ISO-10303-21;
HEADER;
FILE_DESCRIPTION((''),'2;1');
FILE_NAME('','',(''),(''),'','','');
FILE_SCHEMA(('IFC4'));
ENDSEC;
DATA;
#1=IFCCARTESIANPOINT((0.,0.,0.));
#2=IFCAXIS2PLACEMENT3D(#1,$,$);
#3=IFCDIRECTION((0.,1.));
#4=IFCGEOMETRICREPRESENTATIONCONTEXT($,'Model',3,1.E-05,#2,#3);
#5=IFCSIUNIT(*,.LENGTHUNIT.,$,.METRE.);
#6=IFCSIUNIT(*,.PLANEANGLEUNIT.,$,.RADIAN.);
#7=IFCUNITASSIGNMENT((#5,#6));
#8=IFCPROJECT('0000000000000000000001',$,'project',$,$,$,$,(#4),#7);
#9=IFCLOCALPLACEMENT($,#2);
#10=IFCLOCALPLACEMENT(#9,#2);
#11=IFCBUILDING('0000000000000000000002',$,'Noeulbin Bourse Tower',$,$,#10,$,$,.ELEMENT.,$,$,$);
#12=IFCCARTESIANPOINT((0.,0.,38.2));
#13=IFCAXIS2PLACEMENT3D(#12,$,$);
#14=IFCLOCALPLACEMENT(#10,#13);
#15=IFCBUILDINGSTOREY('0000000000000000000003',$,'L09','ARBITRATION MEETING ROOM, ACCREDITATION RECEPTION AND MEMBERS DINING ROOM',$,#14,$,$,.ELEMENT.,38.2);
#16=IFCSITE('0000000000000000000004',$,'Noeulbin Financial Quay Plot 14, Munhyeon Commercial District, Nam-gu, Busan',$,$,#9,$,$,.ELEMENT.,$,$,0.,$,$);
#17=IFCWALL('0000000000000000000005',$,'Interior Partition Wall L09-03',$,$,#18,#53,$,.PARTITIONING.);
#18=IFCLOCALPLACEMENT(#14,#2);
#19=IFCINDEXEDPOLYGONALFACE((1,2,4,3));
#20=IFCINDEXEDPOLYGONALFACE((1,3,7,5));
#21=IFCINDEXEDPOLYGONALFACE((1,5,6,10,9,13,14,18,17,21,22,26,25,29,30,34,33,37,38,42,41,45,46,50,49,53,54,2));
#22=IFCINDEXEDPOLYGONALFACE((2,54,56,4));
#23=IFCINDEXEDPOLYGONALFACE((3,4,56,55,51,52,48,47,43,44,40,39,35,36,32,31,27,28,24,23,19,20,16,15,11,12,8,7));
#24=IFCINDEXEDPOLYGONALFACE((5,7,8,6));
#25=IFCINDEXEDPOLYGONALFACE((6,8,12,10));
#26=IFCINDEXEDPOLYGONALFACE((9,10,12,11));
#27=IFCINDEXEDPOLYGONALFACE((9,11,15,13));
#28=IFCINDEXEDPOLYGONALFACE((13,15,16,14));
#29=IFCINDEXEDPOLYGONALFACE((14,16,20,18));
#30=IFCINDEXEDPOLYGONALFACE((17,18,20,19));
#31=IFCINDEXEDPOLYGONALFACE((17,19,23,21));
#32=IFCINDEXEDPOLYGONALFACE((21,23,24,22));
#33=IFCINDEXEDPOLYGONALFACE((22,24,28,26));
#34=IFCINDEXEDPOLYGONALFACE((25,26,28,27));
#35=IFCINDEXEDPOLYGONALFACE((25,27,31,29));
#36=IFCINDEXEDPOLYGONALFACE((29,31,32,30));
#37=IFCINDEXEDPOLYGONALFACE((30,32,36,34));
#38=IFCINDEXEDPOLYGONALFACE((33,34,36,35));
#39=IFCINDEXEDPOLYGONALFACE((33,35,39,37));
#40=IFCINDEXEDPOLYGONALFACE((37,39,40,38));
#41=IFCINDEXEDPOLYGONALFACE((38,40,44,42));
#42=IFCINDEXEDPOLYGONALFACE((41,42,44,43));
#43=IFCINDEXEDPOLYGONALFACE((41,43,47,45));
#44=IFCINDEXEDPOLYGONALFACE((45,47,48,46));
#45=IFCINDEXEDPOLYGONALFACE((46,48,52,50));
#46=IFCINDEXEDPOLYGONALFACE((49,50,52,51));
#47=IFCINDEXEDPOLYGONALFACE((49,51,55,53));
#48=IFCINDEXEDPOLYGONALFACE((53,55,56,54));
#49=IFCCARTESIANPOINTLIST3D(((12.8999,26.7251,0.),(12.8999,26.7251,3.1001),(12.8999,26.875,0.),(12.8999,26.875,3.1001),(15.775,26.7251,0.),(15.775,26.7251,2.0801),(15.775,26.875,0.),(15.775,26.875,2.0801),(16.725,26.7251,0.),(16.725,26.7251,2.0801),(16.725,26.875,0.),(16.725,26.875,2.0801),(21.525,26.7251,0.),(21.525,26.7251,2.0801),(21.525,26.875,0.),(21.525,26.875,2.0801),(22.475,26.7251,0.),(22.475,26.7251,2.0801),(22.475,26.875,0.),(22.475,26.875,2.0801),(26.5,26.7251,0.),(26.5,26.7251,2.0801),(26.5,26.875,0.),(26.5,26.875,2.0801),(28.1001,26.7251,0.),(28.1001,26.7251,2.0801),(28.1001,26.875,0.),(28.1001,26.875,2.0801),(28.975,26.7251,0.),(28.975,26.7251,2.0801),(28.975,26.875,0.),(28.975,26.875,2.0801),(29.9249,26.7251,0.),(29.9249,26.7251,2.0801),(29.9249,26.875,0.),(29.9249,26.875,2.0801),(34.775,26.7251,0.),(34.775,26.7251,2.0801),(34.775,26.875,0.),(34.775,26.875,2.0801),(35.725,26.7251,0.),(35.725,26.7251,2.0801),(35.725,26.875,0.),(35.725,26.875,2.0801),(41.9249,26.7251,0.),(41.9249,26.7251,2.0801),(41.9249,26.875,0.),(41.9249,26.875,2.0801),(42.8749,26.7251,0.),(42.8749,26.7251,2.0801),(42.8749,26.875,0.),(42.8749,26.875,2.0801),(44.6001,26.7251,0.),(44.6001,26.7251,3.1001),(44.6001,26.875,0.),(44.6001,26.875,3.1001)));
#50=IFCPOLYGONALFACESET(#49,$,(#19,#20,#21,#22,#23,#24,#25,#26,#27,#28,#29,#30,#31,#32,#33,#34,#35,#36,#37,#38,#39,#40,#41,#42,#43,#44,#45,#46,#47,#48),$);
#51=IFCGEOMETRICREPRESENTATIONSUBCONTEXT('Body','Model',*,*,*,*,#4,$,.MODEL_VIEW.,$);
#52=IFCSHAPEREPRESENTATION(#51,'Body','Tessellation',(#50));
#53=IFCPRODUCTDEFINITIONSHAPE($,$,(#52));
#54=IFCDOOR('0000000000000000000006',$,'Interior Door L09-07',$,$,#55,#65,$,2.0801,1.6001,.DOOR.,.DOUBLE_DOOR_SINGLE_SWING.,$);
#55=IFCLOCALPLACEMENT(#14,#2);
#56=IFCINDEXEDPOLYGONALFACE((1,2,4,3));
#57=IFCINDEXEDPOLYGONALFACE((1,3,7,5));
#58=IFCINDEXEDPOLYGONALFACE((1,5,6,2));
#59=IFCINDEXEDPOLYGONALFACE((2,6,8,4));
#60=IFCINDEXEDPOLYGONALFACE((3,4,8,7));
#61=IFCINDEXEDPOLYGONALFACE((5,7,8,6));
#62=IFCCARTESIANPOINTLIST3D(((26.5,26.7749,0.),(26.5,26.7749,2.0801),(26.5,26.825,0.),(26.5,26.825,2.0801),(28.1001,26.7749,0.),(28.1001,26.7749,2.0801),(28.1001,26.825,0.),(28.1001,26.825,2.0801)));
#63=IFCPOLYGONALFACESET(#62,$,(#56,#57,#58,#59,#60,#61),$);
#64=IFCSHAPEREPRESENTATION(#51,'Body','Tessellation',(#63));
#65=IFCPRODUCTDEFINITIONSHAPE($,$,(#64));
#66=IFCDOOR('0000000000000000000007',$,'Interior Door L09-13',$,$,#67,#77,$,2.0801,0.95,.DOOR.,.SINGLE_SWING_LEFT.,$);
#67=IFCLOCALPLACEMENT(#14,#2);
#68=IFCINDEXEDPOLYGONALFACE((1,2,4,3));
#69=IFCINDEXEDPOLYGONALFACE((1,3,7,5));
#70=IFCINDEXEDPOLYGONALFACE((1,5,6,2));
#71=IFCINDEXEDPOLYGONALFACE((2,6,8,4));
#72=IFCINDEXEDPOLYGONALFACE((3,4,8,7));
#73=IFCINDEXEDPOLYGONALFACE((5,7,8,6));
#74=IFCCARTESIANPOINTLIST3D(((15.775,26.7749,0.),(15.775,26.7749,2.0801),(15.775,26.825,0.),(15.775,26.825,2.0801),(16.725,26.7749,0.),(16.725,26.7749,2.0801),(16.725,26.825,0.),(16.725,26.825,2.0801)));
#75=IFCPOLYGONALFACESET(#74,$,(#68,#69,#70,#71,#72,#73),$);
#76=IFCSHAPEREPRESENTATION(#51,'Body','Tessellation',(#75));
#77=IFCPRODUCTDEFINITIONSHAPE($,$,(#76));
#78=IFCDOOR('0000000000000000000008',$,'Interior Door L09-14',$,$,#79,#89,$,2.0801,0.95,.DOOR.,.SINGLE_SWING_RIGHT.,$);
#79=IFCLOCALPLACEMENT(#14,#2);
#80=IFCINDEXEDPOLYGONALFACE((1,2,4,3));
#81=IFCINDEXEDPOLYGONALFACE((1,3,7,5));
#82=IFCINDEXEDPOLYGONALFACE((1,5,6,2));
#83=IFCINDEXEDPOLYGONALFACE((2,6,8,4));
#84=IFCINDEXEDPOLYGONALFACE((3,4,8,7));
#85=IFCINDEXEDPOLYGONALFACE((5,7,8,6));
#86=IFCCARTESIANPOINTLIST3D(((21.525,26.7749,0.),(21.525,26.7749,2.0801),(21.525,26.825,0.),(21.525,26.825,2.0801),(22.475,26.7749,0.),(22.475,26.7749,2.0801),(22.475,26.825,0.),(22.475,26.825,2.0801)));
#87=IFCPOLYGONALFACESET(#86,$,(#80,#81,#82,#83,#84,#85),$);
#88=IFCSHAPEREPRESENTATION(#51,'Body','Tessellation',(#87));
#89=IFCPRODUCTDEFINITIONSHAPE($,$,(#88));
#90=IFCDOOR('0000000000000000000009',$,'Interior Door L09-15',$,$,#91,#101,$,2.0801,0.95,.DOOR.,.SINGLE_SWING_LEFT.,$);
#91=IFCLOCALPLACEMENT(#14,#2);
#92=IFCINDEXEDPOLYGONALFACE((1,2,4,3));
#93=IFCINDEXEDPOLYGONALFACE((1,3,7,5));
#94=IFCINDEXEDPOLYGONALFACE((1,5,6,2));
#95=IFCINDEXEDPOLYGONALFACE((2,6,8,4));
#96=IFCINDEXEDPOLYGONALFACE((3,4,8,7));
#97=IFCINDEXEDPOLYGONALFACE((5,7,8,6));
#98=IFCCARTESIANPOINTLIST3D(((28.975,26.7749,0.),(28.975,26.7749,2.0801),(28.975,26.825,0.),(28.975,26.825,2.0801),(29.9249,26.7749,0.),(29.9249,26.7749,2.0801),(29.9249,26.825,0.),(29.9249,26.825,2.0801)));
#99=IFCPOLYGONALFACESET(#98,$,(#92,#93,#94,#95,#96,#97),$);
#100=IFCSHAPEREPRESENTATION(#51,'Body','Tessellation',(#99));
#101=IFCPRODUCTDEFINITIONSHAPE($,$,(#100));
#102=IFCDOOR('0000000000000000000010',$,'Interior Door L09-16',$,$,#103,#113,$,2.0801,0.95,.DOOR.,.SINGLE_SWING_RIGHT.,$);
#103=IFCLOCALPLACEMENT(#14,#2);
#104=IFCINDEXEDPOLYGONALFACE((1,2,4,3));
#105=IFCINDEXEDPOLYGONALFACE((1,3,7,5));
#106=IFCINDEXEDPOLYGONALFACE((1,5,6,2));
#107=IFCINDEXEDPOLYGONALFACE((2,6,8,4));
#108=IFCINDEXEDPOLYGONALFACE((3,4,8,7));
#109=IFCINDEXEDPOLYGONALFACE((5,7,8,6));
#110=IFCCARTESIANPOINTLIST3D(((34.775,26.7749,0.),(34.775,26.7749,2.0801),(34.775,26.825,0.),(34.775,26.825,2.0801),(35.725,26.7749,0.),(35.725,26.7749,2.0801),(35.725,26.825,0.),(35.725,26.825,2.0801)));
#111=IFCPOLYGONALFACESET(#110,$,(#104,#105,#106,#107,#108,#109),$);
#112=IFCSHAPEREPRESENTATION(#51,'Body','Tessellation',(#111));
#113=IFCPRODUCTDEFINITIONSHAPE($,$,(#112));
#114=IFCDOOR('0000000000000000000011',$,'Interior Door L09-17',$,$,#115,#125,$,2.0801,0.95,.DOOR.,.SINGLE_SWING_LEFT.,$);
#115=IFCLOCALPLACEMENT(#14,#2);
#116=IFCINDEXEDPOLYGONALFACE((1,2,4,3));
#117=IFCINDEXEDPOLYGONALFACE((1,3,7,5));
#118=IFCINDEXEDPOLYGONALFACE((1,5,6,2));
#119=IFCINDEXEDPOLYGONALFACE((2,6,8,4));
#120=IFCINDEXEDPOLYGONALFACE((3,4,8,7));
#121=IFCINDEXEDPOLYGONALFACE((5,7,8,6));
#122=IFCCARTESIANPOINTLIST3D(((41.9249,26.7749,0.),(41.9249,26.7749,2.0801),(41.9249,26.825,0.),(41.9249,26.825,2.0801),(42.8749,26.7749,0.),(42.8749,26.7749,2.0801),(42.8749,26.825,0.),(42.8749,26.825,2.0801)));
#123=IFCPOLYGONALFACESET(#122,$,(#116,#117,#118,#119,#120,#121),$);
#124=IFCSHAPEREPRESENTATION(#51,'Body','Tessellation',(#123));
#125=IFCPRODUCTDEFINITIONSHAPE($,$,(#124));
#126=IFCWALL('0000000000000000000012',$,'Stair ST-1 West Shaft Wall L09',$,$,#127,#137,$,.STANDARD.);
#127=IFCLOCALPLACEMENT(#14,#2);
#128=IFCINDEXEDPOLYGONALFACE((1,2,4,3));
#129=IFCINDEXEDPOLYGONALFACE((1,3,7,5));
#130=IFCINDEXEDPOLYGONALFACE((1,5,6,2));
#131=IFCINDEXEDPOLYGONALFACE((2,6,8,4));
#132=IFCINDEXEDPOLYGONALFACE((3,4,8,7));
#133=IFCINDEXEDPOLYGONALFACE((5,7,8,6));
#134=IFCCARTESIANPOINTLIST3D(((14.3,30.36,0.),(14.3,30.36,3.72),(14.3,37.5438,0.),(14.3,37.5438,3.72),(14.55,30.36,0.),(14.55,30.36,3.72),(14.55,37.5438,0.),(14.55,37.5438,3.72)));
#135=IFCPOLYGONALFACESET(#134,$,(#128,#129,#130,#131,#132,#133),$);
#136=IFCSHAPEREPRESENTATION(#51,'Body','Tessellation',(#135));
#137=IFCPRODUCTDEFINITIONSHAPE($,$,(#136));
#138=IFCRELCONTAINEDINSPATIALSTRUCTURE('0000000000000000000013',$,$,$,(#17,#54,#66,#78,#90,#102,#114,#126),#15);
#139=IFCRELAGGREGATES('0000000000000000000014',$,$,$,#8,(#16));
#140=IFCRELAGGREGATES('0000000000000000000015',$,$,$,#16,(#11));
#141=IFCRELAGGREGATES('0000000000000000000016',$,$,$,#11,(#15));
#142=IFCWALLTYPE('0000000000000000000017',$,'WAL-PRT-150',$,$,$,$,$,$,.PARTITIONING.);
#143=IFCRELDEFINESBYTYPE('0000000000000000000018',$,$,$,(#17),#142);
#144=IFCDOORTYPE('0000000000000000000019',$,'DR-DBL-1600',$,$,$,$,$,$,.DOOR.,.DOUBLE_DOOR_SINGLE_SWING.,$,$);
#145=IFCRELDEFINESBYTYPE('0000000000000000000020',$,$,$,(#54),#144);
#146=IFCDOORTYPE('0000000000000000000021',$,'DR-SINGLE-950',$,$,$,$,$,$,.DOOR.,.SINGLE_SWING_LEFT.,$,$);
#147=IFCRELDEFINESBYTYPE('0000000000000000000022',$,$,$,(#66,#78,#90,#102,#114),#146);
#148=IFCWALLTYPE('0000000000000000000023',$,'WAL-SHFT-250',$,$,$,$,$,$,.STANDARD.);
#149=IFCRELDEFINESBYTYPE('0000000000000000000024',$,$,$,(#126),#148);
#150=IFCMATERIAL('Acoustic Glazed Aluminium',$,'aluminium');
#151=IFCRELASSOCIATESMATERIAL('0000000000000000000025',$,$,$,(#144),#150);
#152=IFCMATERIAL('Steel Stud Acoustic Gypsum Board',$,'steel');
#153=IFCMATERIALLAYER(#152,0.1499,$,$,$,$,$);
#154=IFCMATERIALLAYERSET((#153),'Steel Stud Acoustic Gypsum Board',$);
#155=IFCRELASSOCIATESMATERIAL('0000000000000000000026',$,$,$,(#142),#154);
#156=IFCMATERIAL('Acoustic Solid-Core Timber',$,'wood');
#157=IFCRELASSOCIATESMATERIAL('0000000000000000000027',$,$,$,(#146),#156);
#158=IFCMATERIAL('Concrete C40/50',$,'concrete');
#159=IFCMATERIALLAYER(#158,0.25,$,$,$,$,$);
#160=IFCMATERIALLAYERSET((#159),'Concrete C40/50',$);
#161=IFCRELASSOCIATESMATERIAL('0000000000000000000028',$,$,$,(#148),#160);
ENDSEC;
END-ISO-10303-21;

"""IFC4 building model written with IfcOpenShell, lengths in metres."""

from ifc_helpers import new_model, si_unit, direction, frame, frame_2d, origin, place, context, subcontext, project, spatial, rectangle, extrude, material, layer, layer_set, type_object, element, fill, save


model = new_model("IFC4")

# Units and contexts
model_context = context("Model", 3, precision=1e-05, world=origin(), true_north=direction((0.0, 1.0)))
body_context = subcontext(model_context, "Body", "Model", "MODEL_VIEW")
ifc_project = project(units=[si_unit("LENGTHUNIT", "METRE"), si_unit("PLANEANGLEUNIT", "RADIAN")], contexts=[model_context])

# Site, building, storey
site_placement = place(None, origin())
site = spatial("IfcSite", under=ifc_project, at=site_placement, Name="Noeulbin Financial Quay Plot 14, Munhyeon Commercial District, Nam-gu, Busan", CompositionType="ELEMENT", RefElevation=0.0)
building_placement = place(site_placement, origin())
building = spatial("IfcBuilding", under=site, at=building_placement, Name="Noeulbin Bourse Tower", CompositionType="ELEMENT")
storey_placement = place(building_placement, frame((0.0, 0.0, 38.2)))
storey = spatial("IfcBuildingStorey", under=building, at=storey_placement, Name="L09", Description="ARBITRATION MEETING ROOM, ACCREDITATION RECEPTION AND MEMBERS DINING ROOM", CompositionType="ELEMENT", Elevation=38.2)

# Shared definitions
ifc_material_1 = material(Name="Acoustic Glazed Aluminium", Category="aluminium")
door_type_1 = type_object("IfcDoorType", Name="DR-DBL-1600", OperationType="DOUBLE_DOOR_SINGLE_SWING", PredefinedType="DOOR", material=ifc_material_1)

# Wall, openings, doors
ifc_material_2 = material(Name="Steel Stud Acoustic Gypsum Board", Category="steel")
ifc_layer_1 = layer(ifc_material_2, 0.1499)
ifc_layer_set_1 = layer_set([ifc_layer_1], Name="Steel Stud Acoustic Gypsum Board")
wall_type_1 = type_object("IfcWallType", Name="WAL-PRT-150", PredefinedType="PARTITIONING", material=ifc_layer_set_1)
wall_1_placement = place(storey_placement, frame((12.8999, 26.8, 0.0), z_axis=(0.0, 0.0, 1.0), x_axis=(1.0, 0.0, 0.0)))
wall_1 = element("IfcWall", 1, at=wall_1_placement, inside=storey, type_object=wall_type_1, Name="Interior Partition Wall L09-03", PredefinedType="PARTITIONING", context=body_context, shape_type="SweptSolid", body=[
    extrude(rectangle(XDim=31.7002, YDim=0.1499, at=frame_2d((15.8501, 0.0))), origin(), (0.0, 0.0, 1.0), 3.1001),
])
opening_1_placement = place(wall_1_placement, frame((13.6001, 0.0, 0.0)))
opening_1 = element("IfcOpeningElement", 2, at=opening_1_placement, cuts=wall_1, PredefinedType="OPENING", context=body_context, shape_type="SweptSolid", body=[
    extrude(rectangle(XDim=1.6001, YDim=2.0801, at=frame_2d((0.8, 1.04))), frame((0.0, 0.085, 0.0), z_axis=(0.0, -1.0, 0.0), x_axis=(1.0, 0.0, 0.0)), (0.0, 0.0, 1.0), 0.1699),
])
opening_2_placement = place(wall_1_placement, frame((2.875, 0.0, 0.0)))
opening_2 = element("IfcOpeningElement", 3, at=opening_2_placement, cuts=wall_1, PredefinedType="OPENING", context=body_context, shape_type="SweptSolid", body=[
    extrude(rectangle(XDim=0.95, YDim=2.0801, at=frame_2d((0.4751, 1.04))), frame((0.0, 0.085, 0.0), z_axis=(0.0, -1.0, 0.0), x_axis=(1.0, 0.0, 0.0)), (0.0, 0.0, 1.0), 0.1699),
])
opening_3_placement = place(wall_1_placement, frame((8.625, 0.0, 0.0)))
opening_3 = element("IfcOpeningElement", 4, at=opening_3_placement, cuts=wall_1, PredefinedType="OPENING", context=body_context, shape_type="SweptSolid", body=[
    extrude(rectangle(XDim=0.95, YDim=2.0801, at=frame_2d((0.4751, 1.04))), frame((0.0, 0.085, 0.0), z_axis=(0.0, -1.0, 0.0), x_axis=(1.0, 0.0, 0.0)), (0.0, 0.0, 1.0), 0.1699),
])
opening_4_placement = place(wall_1_placement, frame((16.075, 0.0, 0.0)))
opening_4 = element("IfcOpeningElement", 5, at=opening_4_placement, cuts=wall_1, PredefinedType="OPENING", context=body_context, shape_type="SweptSolid", body=[
    extrude(rectangle(XDim=0.95, YDim=2.0801, at=frame_2d((0.4751, 1.04))), frame((0.0, 0.085, 0.0), z_axis=(0.0, -1.0, 0.0), x_axis=(1.0, 0.0, 0.0)), (0.0, 0.0, 1.0), 0.1699),
])
opening_5_placement = place(wall_1_placement, frame((21.875, 0.0, 0.0)))
opening_5 = element("IfcOpeningElement", 6, at=opening_5_placement, cuts=wall_1, PredefinedType="OPENING", context=body_context, shape_type="SweptSolid", body=[
    extrude(rectangle(XDim=0.95, YDim=2.0801, at=frame_2d((0.4751, 1.04))), frame((0.0, 0.085, 0.0), z_axis=(0.0, -1.0, 0.0), x_axis=(1.0, 0.0, 0.0)), (0.0, 0.0, 1.0), 0.1699),
])
opening_6_placement = place(wall_1_placement, frame((29.0249, 0.0, 0.0)))
opening_6 = element("IfcOpeningElement", 7, at=opening_6_placement, cuts=wall_1, PredefinedType="OPENING", context=body_context, shape_type="SweptSolid", body=[
    extrude(rectangle(XDim=0.95, YDim=2.0801, at=frame_2d((0.4751, 1.04))), frame((0.0, 0.085, 0.0), z_axis=(0.0, -1.0, 0.0), x_axis=(1.0, 0.0, 0.0)), (0.0, 0.0, 1.0), 0.1699),
])
door_1_placement = place(opening_1_placement, origin())
door_1 = element("IfcDoor", 8, at=door_1_placement, inside=storey, type_object=door_type_1, Name="Interior Door L09-07", OperationType="DOUBLE_DOOR_SINGLE_SWING", OverallHeight=2.0801, OverallWidth=1.6001, PredefinedType="DOOR", context=body_context, shape_type="SweptSolid", body=[
    extrude(rectangle(XDim=1.6001, YDim=2.0801, at=frame_2d((0.8, 1.04))), frame((0.0, 0.0249, 0.0), z_axis=(0.0, -1.0, 0.0), x_axis=(1.0, 0.0, 0.0)), (0.0, 0.0, 1.0), 0.05),
])
fill(opening_1, door_1)
ifc_material_3 = material(Name="Acoustic Solid-Core Timber", Category="wood")
door_type_2 = type_object("IfcDoorType", Name="DR-SINGLE-950", OperationType="SINGLE_SWING_LEFT", PredefinedType="DOOR", material=ifc_material_3)
door_2_placement = place(opening_2_placement, origin())
door_2 = element("IfcDoor", 9, at=door_2_placement, inside=storey, type_object=door_type_2, Name="Interior Door L09-13", OperationType="SINGLE_SWING_LEFT", OverallHeight=2.0801, OverallWidth=0.95, PredefinedType="DOOR", context=body_context, shape_type="SweptSolid", body=[
    extrude(rectangle(XDim=0.95, YDim=2.0801, at=frame_2d((0.4751, 1.04))), frame((0.0, 0.0249, 0.0), z_axis=(0.0, -1.0, 0.0), x_axis=(1.0, 0.0, 0.0)), (0.0, 0.0, 1.0), 0.05),
])
fill(opening_2, door_2)
door_3_placement = place(opening_3_placement, origin())
door_3 = element("IfcDoor", 10, at=door_3_placement, inside=storey, type_object=door_type_2, Name="Interior Door L09-14", OperationType="SINGLE_SWING_RIGHT", OverallHeight=2.0801, OverallWidth=0.95, PredefinedType="DOOR", context=body_context, shape_type="SweptSolid", body=[
    extrude(rectangle(XDim=0.95, YDim=2.0801, at=frame_2d((0.4751, 1.04))), frame((0.0, 0.0249, 0.0), z_axis=(0.0, -1.0, 0.0), x_axis=(1.0, 0.0, 0.0)), (0.0, 0.0, 1.0), 0.05),
])
fill(opening_3, door_3)
door_4_placement = place(opening_4_placement, origin())
door_4 = element("IfcDoor", 11, at=door_4_placement, inside=storey, type_object=door_type_2, Name="Interior Door L09-15", OperationType="SINGLE_SWING_LEFT", OverallHeight=2.0801, OverallWidth=0.95, PredefinedType="DOOR", context=body_context, shape_type="SweptSolid", body=[
    extrude(rectangle(XDim=0.95, YDim=2.0801, at=frame_2d((0.4751, 1.04))), frame((0.0, 0.0249, 0.0), z_axis=(0.0, -1.0, 0.0), x_axis=(1.0, 0.0, 0.0)), (0.0, 0.0, 1.0), 0.05),
])
fill(opening_4, door_4)
door_5_placement = place(opening_5_placement, origin())
door_5 = element("IfcDoor", 12, at=door_5_placement, inside=storey, type_object=door_type_2, Name="Interior Door L09-16", OperationType="SINGLE_SWING_RIGHT", OverallHeight=2.0801, OverallWidth=0.95, PredefinedType="DOOR", context=body_context, shape_type="SweptSolid", body=[
    extrude(rectangle(XDim=0.95, YDim=2.0801, at=frame_2d((0.4751, 1.04))), frame((0.0, 0.0249, 0.0), z_axis=(0.0, -1.0, 0.0), x_axis=(1.0, 0.0, 0.0)), (0.0, 0.0, 1.0), 0.05),
])
fill(opening_5, door_5)
door_6_placement = place(opening_6_placement, origin())
door_6 = element("IfcDoor", 13, at=door_6_placement, inside=storey, type_object=door_type_2, Name="Interior Door L09-17", OperationType="SINGLE_SWING_LEFT", OverallHeight=2.0801, OverallWidth=0.95, PredefinedType="DOOR", context=body_context, shape_type="SweptSolid", body=[
    extrude(rectangle(XDim=0.95, YDim=2.0801, at=frame_2d((0.4751, 1.04))), frame((0.0, 0.0249, 0.0), z_axis=(0.0, -1.0, 0.0), x_axis=(1.0, 0.0, 0.0)), (0.0, 0.0, 1.0), 0.05),
])
fill(opening_6, door_6)

# Wall
ifc_material_4 = material(Name="Concrete C40/50", Category="concrete")
ifc_layer_2 = layer(ifc_material_4, 0.25)
ifc_layer_set_2 = layer_set([ifc_layer_2], Name="Concrete C40/50")
wall_type_2 = type_object("IfcWallType", Name="WAL-SHFT-250", PredefinedType="STANDARD", material=ifc_layer_set_2)
wall_2_placement = place(storey_placement, frame((14.425, 30.3601, 0.0), z_axis=(0.0, 0.0, 1.0), x_axis=(0.0, 1.0, 0.0)))
element("IfcWall", 14, at=wall_2_placement, inside=storey, type_object=wall_type_2, Name="Stair ST-1 West Shaft Wall L09", PredefinedType="STANDARD", context=body_context, shape_type="SweptSolid", body=[
    extrude(rectangle(XDim=7.1838, YDim=0.25, at=frame_2d((3.5918, 0.0))), origin(), (0.0, 0.0, 1.0), 3.72),
])

save(model, "model.ifc")
